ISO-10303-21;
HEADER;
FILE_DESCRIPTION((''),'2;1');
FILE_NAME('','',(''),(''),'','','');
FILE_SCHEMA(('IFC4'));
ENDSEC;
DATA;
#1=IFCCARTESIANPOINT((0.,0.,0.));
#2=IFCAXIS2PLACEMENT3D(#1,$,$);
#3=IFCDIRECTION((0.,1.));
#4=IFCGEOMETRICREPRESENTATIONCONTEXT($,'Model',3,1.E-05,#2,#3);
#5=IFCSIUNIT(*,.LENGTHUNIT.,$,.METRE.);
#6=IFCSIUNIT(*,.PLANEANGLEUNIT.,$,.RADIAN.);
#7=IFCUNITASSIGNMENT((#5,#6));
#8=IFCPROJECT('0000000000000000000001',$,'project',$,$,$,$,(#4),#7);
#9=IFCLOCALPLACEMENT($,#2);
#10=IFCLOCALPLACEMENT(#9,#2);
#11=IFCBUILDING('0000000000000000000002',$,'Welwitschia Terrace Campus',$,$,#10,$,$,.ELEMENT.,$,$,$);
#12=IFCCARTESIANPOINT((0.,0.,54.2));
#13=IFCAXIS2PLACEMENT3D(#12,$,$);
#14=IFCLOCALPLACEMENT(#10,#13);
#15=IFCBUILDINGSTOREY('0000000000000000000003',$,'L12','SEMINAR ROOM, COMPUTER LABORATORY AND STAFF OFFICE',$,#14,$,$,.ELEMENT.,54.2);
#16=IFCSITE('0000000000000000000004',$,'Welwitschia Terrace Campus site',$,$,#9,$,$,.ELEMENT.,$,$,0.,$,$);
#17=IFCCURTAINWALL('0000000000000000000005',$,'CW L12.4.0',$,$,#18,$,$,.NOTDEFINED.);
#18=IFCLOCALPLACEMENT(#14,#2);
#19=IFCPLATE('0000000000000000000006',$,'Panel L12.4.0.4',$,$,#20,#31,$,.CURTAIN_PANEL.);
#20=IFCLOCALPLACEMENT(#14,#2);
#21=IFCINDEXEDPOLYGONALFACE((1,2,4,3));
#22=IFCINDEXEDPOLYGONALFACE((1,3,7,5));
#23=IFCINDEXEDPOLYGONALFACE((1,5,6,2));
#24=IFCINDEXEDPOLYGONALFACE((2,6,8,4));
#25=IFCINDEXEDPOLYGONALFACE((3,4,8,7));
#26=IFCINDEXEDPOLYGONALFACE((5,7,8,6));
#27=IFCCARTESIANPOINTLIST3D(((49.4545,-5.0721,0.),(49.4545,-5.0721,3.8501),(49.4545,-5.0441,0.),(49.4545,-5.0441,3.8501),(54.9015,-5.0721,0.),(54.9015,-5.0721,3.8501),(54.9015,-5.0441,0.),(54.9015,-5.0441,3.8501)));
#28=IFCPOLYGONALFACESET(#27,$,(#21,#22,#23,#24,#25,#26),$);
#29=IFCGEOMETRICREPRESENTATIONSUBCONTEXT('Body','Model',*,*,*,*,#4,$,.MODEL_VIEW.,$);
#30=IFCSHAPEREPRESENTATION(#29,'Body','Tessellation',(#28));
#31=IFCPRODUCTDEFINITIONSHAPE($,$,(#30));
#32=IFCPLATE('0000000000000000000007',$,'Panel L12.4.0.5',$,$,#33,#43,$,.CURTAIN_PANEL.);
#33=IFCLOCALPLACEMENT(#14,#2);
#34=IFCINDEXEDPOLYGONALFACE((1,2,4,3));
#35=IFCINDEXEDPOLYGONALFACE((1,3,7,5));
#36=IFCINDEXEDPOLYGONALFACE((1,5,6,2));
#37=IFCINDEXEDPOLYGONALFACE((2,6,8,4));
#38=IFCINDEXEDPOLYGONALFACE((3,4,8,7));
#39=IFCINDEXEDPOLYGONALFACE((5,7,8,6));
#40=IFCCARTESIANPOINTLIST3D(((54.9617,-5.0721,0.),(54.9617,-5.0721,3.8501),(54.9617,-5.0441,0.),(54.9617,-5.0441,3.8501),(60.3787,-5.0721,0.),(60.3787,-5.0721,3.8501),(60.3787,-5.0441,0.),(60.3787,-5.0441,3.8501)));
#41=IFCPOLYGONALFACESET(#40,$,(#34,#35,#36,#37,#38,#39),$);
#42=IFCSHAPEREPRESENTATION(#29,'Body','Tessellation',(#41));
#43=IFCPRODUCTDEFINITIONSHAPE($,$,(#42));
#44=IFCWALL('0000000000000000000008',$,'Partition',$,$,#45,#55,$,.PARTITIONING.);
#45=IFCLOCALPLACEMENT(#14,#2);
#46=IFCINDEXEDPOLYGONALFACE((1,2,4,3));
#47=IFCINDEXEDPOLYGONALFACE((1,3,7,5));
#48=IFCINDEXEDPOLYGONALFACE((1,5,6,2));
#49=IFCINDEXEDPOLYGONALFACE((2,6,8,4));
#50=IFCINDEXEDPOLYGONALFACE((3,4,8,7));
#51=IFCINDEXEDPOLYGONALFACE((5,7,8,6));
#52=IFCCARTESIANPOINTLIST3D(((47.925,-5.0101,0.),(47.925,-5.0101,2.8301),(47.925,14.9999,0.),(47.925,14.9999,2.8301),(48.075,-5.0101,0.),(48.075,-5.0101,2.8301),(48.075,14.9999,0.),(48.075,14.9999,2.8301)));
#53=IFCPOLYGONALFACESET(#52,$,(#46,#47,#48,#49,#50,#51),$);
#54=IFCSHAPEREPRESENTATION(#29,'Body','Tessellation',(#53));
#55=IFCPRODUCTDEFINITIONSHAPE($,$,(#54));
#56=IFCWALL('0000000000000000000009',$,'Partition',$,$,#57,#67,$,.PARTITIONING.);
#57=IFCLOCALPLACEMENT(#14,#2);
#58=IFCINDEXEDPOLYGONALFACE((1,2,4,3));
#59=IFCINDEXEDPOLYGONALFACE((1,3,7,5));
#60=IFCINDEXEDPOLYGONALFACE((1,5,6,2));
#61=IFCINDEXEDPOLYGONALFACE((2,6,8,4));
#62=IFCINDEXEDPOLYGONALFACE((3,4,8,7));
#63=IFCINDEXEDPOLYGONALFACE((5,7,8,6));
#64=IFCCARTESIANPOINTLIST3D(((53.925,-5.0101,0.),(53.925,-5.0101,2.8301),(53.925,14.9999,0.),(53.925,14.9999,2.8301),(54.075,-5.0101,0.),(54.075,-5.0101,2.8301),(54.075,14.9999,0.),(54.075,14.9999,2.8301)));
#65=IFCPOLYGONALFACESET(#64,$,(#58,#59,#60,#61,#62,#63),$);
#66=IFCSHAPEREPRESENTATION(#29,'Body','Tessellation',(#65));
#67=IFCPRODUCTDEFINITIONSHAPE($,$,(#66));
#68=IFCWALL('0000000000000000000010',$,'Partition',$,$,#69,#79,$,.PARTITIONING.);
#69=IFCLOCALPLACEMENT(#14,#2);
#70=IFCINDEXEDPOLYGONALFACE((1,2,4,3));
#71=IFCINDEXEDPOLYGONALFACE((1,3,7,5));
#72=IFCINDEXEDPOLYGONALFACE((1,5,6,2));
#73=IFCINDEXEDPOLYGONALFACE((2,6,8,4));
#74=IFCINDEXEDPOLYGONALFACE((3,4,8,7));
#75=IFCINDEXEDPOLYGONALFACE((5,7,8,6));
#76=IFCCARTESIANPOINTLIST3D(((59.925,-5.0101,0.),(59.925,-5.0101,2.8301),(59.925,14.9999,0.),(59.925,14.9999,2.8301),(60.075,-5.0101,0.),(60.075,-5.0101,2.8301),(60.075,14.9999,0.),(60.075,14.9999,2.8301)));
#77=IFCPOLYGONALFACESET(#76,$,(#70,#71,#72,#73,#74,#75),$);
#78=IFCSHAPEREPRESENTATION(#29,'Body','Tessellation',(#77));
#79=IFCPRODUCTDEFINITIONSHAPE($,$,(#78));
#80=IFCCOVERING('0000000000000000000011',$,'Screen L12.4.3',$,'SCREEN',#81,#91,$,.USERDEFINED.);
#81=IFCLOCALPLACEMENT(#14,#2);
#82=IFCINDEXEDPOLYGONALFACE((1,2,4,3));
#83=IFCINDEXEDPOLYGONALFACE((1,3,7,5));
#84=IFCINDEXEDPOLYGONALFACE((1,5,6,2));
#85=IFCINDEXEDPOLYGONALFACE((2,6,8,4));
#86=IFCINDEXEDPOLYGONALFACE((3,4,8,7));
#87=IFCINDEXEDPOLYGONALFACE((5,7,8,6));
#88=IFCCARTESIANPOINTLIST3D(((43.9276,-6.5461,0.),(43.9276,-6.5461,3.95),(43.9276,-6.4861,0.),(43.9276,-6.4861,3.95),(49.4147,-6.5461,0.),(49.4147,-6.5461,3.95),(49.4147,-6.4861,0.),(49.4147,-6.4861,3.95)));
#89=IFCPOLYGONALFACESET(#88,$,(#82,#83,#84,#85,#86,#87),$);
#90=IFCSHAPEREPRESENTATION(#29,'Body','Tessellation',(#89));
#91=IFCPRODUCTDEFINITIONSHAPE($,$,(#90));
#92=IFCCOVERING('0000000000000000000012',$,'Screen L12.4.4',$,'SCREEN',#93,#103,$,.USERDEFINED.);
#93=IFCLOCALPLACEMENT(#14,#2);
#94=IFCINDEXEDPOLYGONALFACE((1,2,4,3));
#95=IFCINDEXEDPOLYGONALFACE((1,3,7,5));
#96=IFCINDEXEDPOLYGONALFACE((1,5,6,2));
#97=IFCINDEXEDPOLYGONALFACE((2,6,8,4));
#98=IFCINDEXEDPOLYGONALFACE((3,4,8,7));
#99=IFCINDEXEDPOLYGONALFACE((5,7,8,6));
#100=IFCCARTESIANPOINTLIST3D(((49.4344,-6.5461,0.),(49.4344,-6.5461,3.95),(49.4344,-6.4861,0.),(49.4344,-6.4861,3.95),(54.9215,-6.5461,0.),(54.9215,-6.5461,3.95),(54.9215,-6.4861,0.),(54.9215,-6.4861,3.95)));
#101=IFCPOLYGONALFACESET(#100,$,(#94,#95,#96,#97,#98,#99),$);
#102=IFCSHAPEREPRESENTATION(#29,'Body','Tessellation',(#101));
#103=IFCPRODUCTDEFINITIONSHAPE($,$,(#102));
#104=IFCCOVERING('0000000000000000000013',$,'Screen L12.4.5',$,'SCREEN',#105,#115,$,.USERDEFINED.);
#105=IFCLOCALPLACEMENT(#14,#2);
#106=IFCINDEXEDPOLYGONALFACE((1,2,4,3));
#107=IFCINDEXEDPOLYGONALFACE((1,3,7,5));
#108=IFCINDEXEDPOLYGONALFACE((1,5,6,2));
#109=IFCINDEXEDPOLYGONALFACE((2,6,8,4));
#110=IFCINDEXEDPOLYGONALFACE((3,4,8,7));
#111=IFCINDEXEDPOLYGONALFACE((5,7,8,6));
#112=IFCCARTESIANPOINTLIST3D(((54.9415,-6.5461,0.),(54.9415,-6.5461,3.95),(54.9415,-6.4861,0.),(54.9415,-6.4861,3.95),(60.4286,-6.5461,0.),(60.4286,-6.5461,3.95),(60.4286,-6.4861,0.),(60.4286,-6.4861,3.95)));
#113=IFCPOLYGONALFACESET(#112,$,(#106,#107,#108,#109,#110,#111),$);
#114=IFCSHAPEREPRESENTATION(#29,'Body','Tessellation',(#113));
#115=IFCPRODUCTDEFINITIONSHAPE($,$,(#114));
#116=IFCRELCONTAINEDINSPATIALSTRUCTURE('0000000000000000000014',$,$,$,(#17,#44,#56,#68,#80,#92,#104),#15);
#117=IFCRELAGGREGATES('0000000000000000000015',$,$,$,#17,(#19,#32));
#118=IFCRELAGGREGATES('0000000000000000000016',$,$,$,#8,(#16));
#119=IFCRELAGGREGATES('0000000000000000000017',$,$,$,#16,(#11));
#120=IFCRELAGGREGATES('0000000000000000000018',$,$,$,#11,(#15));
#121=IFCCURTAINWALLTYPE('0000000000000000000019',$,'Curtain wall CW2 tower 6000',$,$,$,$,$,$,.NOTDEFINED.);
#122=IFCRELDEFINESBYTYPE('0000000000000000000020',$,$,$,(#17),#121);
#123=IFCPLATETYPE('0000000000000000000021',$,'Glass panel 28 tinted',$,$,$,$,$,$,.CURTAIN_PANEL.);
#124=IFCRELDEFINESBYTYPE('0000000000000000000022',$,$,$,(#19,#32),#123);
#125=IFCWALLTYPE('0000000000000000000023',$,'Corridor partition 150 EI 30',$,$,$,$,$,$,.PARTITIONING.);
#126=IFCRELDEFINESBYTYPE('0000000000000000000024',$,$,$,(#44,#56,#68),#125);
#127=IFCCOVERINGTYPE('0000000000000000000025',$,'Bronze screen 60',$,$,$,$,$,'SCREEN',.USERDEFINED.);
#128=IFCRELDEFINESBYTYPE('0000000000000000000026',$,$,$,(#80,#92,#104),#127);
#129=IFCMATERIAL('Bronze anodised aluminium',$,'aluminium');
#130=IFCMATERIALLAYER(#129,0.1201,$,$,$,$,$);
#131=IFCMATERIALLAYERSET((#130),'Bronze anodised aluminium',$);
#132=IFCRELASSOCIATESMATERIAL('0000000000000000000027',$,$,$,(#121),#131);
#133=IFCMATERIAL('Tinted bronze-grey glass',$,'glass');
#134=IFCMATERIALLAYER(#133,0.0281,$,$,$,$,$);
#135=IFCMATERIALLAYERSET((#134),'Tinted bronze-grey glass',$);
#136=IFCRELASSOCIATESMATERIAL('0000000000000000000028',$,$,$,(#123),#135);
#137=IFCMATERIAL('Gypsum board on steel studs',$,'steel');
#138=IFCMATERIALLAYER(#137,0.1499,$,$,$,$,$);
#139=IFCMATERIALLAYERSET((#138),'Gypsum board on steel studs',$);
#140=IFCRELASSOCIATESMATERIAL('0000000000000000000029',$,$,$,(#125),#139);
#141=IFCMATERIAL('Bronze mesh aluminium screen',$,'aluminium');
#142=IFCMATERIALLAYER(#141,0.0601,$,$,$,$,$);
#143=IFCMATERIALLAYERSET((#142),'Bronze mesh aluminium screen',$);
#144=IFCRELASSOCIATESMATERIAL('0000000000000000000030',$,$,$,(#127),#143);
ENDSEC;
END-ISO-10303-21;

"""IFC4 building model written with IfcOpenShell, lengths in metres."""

from ifc_helpers import new_model, si_unit, direction, frame, frame_2d, origin, origin_2d, place, context, subcontext, project, spatial, rectangle, extrude, material, layer, layer_set, type_object, element, aggregate, save


model = new_model("IFC4")

# Units and contexts
model_context = context("Model", 3, precision=1e-05, world=origin(), true_north=direction((0.0, 1.0)))
body_context = subcontext(model_context, "Body", "Model", "MODEL_VIEW")
ifc_project = project(units=[si_unit("LENGTHUNIT", "METRE"), si_unit("PLANEANGLEUNIT", "RADIAN")], contexts=[model_context])

# Site, building, storey
site_placement = place(None, origin())
site = spatial("IfcSite", under=ifc_project, at=site_placement, Name="Welwitschia Terrace Campus site", CompositionType="ELEMENT", RefElevation=0.0)
building_placement = place(site_placement, origin())
building = spatial("IfcBuilding", under=site, at=building_placement, Name="Welwitschia Terrace Campus", CompositionType="ELEMENT")
storey_placement = place(building_placement, frame((0.0, 0.0, 54.2)))
storey = spatial("IfcBuildingStorey", under=building, at=storey_placement, Name="L12", Description="SEMINAR ROOM, COMPUTER LABORATORY AND STAFF OFFICE", CompositionType="ELEMENT", Elevation=54.2)

# Curtain wall
ifc_material_1 = material(Name="Bronze anodised aluminium", Category="aluminium")
ifc_layer_1 = layer(ifc_material_1, 0.1201)
ifc_layer_set_1 = layer_set([ifc_layer_1], Name="Bronze anodised aluminium")
curtain_wall_type = type_object("IfcCurtainWallType", Name="Curtain wall CW2 tower 6000", PredefinedType="NOTDEFINED", material=ifc_layer_set_1)
curtain_wall_placement = place(storey_placement, origin())
curtain_wall = element("IfcCurtainWall", 1, at=curtain_wall_placement, inside=storey, type_object=curtain_wall_type, Name="CW L12.4.0", PredefinedType="NOTDEFINED")

# Plates
ifc_material_2 = material(Name="Tinted bronze-grey glass", Category="glass")
ifc_layer_2 = layer(ifc_material_2, 0.0281)
ifc_layer_set_2 = layer_set([ifc_layer_2], Name="Tinted bronze-grey glass")
plate_type = type_object("IfcPlateType", Name="Glass panel 28 tinted", PredefinedType="CURTAIN_PANEL", material=ifc_layer_set_2)
plate_1_placement = place(storey_placement, frame((52.178, -5.0581, 0.0), z_axis=(0.0, 0.0, 1.0), x_axis=(1.0, 0.0, 0.0)))
plate_1 = element("IfcPlate", 2, at=plate_1_placement, type_object=plate_type, Name="Panel L12.4.0.4", PredefinedType="CURTAIN_PANEL", context=body_context, shape_type="SweptSolid", body=[
    extrude(rectangle(XDim=5.447, YDim=0.0281, at=origin_2d()), origin(), (0.0, 0.0, 1.0), 3.8501),
])
plate_2_placement = place(storey_placement, frame((57.6702, -5.0581, 0.0), z_axis=(0.0, 0.0, 1.0), x_axis=(1.0, 0.0, 0.0)))
plate_2 = element("IfcPlate", 3, at=plate_2_placement, type_object=plate_type, Name="Panel L12.4.0.5", PredefinedType="CURTAIN_PANEL", context=body_context, shape_type="SweptSolid", body=[
    extrude(rectangle(XDim=5.417, YDim=0.0281, at=origin_2d()), origin(), (0.0, 0.0, 1.0), 3.8501),
])
aggregate(curtain_wall, [plate_1, plate_2])

# Walls
ifc_material_3 = material(Name="Gypsum board on steel studs", Category="steel")
ifc_layer_3 = layer(ifc_material_3, 0.1499)
ifc_layer_set_3 = layer_set([ifc_layer_3], Name="Gypsum board on steel studs")
wall_type = type_object("IfcWallType", Name="Corridor partition 150 EI 30", PredefinedType="PARTITIONING", material=ifc_layer_set_3)
for number, where, z_axis, x_axis, name in (
    (4, (48.0, -5.01, 0.0), (0.0, 0.0, 1.0), (0.0, 1.0, 0.0), "Partition"),
    (5, (54.0, -5.01, 0.0), (0.0, 0.0, 1.0), (0.0, 1.0, 0.0), "Partition"),
    (6, (60.0, -5.01, 0.0), (0.0, 0.0, 1.0), (0.0, 1.0, 0.0), "Partition"),
):
    element("IfcWall", number, at=place(storey_placement, frame(where, z_axis=z_axis, x_axis=x_axis)), inside=storey, type_object=wall_type, Name=name, PredefinedType="PARTITIONING", context=body_context, shape_type="SweptSolid", body=[
        extrude(rectangle(XDim=20.01, YDim=0.1499, at=frame_2d((10.0049, 0.0))), origin(), (0.0, 0.0, 1.0), 2.8301),
    ])

# Coverings
ifc_material_4 = material(Name="Bronze mesh aluminium screen", Category="aluminium")
ifc_layer_4 = layer(ifc_material_4, 0.0601)
ifc_layer_set_4 = layer_set([ifc_layer_4], Name="Bronze mesh aluminium screen")
covering_type = type_object("IfcCoveringType", Name="Bronze screen 60", ElementType="SCREEN", PredefinedType="USERDEFINED", material=ifc_layer_set_4)
for number, where, z_axis, x_axis, name in (
    (7, (46.6711, -6.5161, 0.0), (0.0, 0.0, 1.0), (1.0, 0.0, 0.0), "Screen L12.4.3"),
    (8, (52.178, -6.5161, 0.0), (0.0, 0.0, 1.0), (1.0, 0.0, 0.0), "Screen L12.4.4"),
    (9, (57.6851, -6.5161, 0.0), (0.0, 0.0, 1.0), (1.0, 0.0, 0.0), "Screen L12.4.5"),
):
    element("IfcCovering", number, at=place(storey_placement, frame(where, z_axis=z_axis, x_axis=x_axis)), inside=storey, type_object=covering_type, Name=name, ObjectType="SCREEN", PredefinedType="USERDEFINED", context=body_context, shape_type="SweptSolid", body=[
        extrude(rectangle(XDim=5.4871, YDim=0.0601, at=origin_2d()), origin(), (0.0, 0.0, 1.0), 3.95),
    ])

save(model, "model.ifc")
